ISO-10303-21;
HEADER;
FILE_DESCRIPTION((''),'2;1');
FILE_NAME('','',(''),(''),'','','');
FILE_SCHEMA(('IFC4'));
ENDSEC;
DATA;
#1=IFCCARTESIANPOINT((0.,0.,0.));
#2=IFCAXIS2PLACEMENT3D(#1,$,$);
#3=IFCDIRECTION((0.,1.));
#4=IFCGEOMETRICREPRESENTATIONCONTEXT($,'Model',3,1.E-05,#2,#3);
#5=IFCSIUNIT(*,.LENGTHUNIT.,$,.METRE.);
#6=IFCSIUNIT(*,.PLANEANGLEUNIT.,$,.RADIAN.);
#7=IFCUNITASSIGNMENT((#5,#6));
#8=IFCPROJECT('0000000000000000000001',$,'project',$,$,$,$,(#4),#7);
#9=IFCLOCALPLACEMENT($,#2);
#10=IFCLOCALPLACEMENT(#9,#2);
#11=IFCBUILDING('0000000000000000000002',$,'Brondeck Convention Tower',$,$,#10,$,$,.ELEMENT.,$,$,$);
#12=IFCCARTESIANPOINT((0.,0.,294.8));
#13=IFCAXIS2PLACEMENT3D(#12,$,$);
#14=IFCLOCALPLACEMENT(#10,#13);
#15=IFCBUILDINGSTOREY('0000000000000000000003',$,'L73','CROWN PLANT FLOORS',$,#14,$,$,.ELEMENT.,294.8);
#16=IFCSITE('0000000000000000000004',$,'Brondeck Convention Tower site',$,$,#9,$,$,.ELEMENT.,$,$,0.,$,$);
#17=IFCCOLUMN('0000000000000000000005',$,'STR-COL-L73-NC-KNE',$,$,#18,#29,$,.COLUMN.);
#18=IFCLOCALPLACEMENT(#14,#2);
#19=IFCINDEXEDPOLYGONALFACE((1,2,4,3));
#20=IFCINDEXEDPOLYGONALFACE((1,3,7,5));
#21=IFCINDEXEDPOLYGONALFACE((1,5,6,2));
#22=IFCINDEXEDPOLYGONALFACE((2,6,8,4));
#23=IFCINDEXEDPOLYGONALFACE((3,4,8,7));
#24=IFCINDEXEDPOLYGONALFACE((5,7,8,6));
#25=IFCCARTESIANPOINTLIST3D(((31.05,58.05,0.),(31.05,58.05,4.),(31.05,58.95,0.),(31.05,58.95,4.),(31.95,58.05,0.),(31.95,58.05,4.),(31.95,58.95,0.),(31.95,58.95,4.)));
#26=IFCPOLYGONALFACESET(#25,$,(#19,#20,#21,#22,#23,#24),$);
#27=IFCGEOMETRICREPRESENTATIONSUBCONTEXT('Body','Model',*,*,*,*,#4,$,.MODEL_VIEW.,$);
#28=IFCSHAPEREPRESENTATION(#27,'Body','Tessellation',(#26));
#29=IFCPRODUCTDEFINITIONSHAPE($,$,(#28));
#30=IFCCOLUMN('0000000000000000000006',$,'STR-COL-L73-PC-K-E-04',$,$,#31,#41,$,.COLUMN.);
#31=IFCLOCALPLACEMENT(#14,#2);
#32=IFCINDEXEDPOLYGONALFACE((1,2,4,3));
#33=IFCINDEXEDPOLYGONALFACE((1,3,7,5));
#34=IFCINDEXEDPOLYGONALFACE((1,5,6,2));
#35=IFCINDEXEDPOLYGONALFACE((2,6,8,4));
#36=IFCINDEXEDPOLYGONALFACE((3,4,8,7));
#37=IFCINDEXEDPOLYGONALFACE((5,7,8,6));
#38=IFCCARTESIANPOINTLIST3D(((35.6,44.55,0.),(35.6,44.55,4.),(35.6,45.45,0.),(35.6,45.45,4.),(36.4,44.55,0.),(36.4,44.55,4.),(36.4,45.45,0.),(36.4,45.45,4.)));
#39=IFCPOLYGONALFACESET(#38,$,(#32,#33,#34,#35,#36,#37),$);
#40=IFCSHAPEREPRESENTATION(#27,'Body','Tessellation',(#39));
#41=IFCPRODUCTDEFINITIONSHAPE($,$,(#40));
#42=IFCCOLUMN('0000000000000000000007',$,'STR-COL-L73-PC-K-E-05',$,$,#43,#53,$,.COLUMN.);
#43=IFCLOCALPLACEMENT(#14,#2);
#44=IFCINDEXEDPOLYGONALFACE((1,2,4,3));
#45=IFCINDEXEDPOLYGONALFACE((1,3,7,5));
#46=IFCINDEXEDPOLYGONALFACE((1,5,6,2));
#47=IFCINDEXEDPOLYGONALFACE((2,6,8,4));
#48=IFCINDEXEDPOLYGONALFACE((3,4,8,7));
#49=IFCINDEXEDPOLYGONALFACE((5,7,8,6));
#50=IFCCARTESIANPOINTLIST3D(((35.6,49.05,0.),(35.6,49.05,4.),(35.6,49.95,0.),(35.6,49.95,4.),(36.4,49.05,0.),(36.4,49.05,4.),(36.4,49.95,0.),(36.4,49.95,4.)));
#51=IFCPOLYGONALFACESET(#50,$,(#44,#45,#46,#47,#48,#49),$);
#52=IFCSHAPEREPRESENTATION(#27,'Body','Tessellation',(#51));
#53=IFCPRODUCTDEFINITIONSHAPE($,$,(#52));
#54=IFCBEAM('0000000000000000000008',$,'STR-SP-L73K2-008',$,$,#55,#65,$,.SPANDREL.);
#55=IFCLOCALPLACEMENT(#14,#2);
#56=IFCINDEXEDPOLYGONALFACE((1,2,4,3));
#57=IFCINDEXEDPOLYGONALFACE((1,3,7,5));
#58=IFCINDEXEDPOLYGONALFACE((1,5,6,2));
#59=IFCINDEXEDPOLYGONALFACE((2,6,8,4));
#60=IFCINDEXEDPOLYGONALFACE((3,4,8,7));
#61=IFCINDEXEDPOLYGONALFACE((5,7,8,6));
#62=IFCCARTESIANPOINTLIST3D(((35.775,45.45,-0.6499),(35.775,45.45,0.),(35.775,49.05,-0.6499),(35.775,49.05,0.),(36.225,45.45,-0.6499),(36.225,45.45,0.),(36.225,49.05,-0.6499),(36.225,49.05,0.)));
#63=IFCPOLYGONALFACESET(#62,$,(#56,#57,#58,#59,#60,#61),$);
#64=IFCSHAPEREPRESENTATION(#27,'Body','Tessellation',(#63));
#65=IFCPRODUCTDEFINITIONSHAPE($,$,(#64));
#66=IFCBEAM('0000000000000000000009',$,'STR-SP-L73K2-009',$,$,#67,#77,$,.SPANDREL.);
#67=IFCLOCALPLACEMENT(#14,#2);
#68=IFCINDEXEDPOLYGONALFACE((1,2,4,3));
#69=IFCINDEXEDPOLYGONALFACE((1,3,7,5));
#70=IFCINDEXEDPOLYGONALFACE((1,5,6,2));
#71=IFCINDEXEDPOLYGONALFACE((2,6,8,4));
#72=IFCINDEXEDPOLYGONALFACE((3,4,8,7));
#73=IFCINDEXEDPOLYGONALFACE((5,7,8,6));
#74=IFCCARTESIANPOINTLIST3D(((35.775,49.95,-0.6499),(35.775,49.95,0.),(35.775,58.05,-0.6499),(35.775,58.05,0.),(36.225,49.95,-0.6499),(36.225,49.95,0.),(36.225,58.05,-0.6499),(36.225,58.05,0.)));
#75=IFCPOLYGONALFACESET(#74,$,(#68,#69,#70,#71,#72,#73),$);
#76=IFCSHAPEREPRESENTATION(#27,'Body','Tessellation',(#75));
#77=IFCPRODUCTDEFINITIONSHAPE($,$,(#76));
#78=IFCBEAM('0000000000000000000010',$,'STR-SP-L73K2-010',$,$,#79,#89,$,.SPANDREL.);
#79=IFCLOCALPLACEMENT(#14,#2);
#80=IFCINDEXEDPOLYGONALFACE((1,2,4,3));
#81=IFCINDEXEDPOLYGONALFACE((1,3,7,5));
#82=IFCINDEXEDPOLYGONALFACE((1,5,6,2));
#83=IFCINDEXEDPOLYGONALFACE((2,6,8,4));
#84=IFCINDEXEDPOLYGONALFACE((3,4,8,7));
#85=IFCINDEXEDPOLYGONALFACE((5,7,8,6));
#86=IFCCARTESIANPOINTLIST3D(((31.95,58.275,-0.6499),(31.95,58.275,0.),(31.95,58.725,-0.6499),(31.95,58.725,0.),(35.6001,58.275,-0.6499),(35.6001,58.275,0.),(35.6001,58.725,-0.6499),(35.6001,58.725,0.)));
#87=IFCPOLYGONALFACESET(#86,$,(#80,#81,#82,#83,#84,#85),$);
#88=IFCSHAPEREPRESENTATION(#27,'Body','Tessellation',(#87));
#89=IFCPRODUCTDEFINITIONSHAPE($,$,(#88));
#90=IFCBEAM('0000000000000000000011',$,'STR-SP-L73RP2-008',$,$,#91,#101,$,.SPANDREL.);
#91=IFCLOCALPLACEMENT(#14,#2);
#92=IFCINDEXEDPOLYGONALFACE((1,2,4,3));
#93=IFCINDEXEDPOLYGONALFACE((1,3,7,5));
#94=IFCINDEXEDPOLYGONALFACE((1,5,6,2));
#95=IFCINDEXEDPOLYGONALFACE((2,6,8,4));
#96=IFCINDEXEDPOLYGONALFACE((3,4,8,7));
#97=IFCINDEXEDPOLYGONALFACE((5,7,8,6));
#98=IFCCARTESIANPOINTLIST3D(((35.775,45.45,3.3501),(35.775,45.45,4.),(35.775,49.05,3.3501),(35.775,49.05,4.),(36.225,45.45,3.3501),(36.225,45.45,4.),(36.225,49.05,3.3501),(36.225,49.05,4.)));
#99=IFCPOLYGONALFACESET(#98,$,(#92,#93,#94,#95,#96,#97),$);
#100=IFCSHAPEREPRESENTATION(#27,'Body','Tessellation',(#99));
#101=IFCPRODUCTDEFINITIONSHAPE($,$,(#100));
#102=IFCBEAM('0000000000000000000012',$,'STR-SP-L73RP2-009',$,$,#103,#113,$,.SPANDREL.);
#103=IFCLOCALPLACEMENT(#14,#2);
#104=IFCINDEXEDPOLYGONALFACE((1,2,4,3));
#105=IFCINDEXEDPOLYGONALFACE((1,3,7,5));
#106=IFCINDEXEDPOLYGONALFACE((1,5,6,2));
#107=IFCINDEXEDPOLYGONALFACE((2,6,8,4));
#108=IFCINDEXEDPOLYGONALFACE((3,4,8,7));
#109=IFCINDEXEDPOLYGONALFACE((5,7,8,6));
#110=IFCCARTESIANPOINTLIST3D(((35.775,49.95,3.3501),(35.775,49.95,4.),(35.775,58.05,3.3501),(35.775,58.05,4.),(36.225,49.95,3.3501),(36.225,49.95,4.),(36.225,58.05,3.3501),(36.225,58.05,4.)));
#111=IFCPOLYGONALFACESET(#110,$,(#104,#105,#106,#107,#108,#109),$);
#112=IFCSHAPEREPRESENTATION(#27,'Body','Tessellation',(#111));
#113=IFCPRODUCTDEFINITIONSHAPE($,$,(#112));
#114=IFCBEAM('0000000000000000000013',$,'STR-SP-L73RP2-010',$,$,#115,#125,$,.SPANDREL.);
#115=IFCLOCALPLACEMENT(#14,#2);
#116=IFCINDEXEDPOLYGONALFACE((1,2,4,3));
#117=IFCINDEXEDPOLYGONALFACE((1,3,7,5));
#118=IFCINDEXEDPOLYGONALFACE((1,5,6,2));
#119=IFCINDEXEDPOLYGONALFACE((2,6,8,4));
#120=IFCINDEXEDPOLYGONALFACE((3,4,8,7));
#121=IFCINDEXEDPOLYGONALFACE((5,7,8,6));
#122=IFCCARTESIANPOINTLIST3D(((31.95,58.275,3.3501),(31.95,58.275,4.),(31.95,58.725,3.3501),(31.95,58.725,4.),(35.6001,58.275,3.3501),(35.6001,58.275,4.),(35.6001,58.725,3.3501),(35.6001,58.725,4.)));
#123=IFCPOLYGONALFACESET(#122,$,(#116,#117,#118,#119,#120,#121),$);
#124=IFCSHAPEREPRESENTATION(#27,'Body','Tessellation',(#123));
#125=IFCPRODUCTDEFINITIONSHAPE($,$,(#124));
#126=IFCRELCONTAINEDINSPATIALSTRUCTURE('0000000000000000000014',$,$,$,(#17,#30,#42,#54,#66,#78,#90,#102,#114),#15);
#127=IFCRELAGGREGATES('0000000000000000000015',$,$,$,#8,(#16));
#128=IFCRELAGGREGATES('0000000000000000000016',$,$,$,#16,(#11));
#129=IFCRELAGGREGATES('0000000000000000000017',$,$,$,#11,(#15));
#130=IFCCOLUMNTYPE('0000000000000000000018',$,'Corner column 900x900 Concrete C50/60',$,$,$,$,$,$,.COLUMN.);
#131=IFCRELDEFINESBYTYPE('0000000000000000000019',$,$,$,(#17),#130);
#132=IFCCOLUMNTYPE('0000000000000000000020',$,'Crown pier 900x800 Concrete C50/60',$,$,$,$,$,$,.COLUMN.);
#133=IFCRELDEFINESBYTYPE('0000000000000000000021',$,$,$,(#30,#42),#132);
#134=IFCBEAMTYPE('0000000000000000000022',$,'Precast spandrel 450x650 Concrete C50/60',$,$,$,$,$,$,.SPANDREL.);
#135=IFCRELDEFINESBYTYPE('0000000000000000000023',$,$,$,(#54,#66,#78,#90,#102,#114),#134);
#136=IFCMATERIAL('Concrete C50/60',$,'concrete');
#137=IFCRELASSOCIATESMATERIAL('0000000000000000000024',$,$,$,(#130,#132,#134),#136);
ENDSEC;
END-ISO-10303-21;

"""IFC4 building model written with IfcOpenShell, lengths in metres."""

from ifc_helpers import new_model, si_unit, direction, frame, origin, origin_2d, place, context, subcontext, project, spatial, rectangle, extrude, material, material_profile, profile_set, type_object, element, save


model = new_model("IFC4")

# Units and contexts
model_context = context("Model", 3, precision=1e-05, world=origin(), true_north=direction((0.0, 1.0)))
body_context = subcontext(model_context, "Body", "Model", "MODEL_VIEW")
ifc_project = project(units=[si_unit("LENGTHUNIT", "METRE"), si_unit("PLANEANGLEUNIT", "RADIAN")], contexts=[model_context])

# Site, building, storey
site_placement = place(None, origin())
site = spatial("IfcSite", under=ifc_project, at=site_placement, Name="Brondeck Convention Tower site", CompositionType="ELEMENT", RefElevation=0.0)
building_placement = place(site_placement, origin())
building = spatial("IfcBuilding", under=site, at=building_placement, Name="Brondeck Convention Tower", CompositionType="ELEMENT")
storey_placement = place(building_placement, frame((0.0, 0.0, 294.8)))
storey = spatial("IfcBuildingStorey", under=building, at=storey_placement, Name="L73", Description="CROWN PLANT FLOORS", CompositionType="ELEMENT", Elevation=294.8)

# Columns
ifc_material_1 = material(Name="Concrete C50/60", Category="concrete")
ifc_material_profile_1 = material_profile(ifc_material_1, rectangle(XDim=0.8999, YDim=0.8999, at=origin_2d()), Name="Corner column 900x900 Concrete C50/60")
ifc_profile_set_1 = profile_set([ifc_material_profile_1], Name="Concrete C50/60")
column_type_1 = type_object("IfcColumnType", Name="Corner column 900x900 Concrete C50/60", PredefinedType="COLUMN", material=ifc_profile_set_1)
column_placement = place(storey_placement, frame((31.5, 58.5, 0.0), z_axis=(0.0, 0.0, 1.0), x_axis=(1.0, 0.0, 0.0)))
element("IfcColumn", 1, at=column_placement, inside=storey, type_object=column_type_1, Name="STR-COL-L73-NC-KNE", PredefinedType="COLUMN", context=body_context, shape_type="SweptSolid", body=[
    extrude(rectangle(XDim=0.8999, YDim=0.8999, at=origin_2d()), origin(), (0.0, 0.0, 1.0), 4.0),
])
ifc_material_profile_2 = material_profile(ifc_material_1, rectangle(XDim=0.8999, YDim=0.8, at=origin_2d()), Name="Crown pier 900x800 Concrete C50/60")
ifc_profile_set_2 = profile_set([ifc_material_profile_2], Name="Concrete C50/60")
column_type_2 = type_object("IfcColumnType", Name="Crown pier 900x800 Concrete C50/60", PredefinedType="COLUMN", material=ifc_profile_set_2)
for number, where, z_axis, x_axis, name in (
    (2, (36.0, 45.0, 0.0), (0.0, 0.0, 1.0), (0.0, 1.0, 0.0), "STR-COL-L73-PC-K-E-04"),
    (3, (36.0, 49.5, 0.0), (0.0, 0.0, 1.0), (0.0, 1.0, 0.0), "STR-COL-L73-PC-K-E-05"),
):
    element("IfcColumn", number, at=place(storey_placement, frame(where, z_axis=z_axis, x_axis=x_axis)), inside=storey, type_object=column_type_2, Name=name, PredefinedType="COLUMN", context=body_context, shape_type="SweptSolid", body=[
        extrude(rectangle(XDim=0.8999, YDim=0.8, at=origin_2d()), origin(), (0.0, 0.0, 1.0), 4.0),
    ])

# Beams
ifc_material_profile_3 = material_profile(ifc_material_1, rectangle(XDim=0.45, YDim=0.6499, at=origin_2d()), Name="Precast spandrel 450x650 Concrete C50/60")
ifc_profile_set_3 = profile_set([ifc_material_profile_3], Name="Concrete C50/60")
beam_type = type_object("IfcBeamType", Name="Precast spandrel 450x650 Concrete C50/60", PredefinedType="SPANDREL", material=ifc_profile_set_3)
beam_1_placement = place(storey_placement, frame((36.0, 45.45, -0.325), z_axis=(0.0, 1.0, 0.0), x_axis=(-1.0, 0.0, 0.0)))
element("IfcBeam", 4, at=beam_1_placement, inside=storey, type_object=beam_type, Name="STR-SP-L73K2-008", PredefinedType="SPANDREL", context=body_context, shape_type="SweptSolid", body=[
    extrude(rectangle(XDim=0.45, YDim=0.6499, at=origin_2d()), origin(), (0.0, 0.0, 1.0), 3.6001),
])
beam_2_placement = place(storey_placement, frame((36.0, 49.95, -0.325), z_axis=(0.0, 1.0, 0.0), x_axis=(-1.0, 0.0, 0.0)))
element("IfcBeam", 5, at=beam_2_placement, inside=storey, type_object=beam_type, Name="STR-SP-L73K2-009", PredefinedType="SPANDREL", context=body_context, shape_type="SweptSolid", body=[
    extrude(rectangle(XDim=0.45, YDim=0.6499, at=origin_2d()), origin(), (0.0, 0.0, 1.0), 8.1001),
])
beam_3_placement = place(storey_placement, frame((35.6001, 58.5, -0.325), z_axis=(-1.0, 0.0, 0.0), x_axis=(0.0, -1.0, 0.0)))
element("IfcBeam", 6, at=beam_3_placement, inside=storey, type_object=beam_type, Name="STR-SP-L73K2-010", PredefinedType="SPANDREL", context=body_context, shape_type="SweptSolid", body=[
    extrude(rectangle(XDim=0.45, YDim=0.6499, at=origin_2d()), origin(), (0.0, 0.0, 1.0), 3.6501),
])
beam_4_placement = place(storey_placement, frame((36.0, 45.45, 3.675), z_axis=(0.0, 1.0, 0.0), x_axis=(-1.0, 0.0, 0.0)))
element("IfcBeam", 7, at=beam_4_placement, inside=storey, type_object=beam_type, Name="STR-SP-L73RP2-008", PredefinedType="SPANDREL", context=body_context, shape_type="SweptSolid", body=[
    extrude(rectangle(XDim=0.45, YDim=0.6499, at=origin_2d()), origin(), (0.0, 0.0, 1.0), 3.6001),
])
beam_5_placement = place(storey_placement, frame((36.0, 49.95, 3.675), z_axis=(0.0, 1.0, 0.0), x_axis=(-1.0, 0.0, 0.0)))
element("IfcBeam", 8, at=beam_5_placement, inside=storey, type_object=beam_type, Name="STR-SP-L73RP2-009", PredefinedType="SPANDREL", context=body_context, shape_type="SweptSolid", body=[
    extrude(rectangle(XDim=0.45, YDim=0.6499, at=origin_2d()), origin(), (0.0, 0.0, 1.0), 8.1001),
])
beam_6_placement = place(storey_placement, frame((35.6001, 58.5, 3.675), z_axis=(-1.0, 0.0, 0.0), x_axis=(0.0, -1.0, 0.0)))
element("IfcBeam", 9, at=beam_6_placement, inside=storey, type_object=beam_type, Name="STR-SP-L73RP2-010", PredefinedType="SPANDREL", context=body_context, shape_type="SweptSolid", body=[
    extrude(rectangle(XDim=0.45, YDim=0.6499, at=origin_2d()), origin(), (0.0, 0.0, 1.0), 3.6501),
])

save(model, "model.ifc")
